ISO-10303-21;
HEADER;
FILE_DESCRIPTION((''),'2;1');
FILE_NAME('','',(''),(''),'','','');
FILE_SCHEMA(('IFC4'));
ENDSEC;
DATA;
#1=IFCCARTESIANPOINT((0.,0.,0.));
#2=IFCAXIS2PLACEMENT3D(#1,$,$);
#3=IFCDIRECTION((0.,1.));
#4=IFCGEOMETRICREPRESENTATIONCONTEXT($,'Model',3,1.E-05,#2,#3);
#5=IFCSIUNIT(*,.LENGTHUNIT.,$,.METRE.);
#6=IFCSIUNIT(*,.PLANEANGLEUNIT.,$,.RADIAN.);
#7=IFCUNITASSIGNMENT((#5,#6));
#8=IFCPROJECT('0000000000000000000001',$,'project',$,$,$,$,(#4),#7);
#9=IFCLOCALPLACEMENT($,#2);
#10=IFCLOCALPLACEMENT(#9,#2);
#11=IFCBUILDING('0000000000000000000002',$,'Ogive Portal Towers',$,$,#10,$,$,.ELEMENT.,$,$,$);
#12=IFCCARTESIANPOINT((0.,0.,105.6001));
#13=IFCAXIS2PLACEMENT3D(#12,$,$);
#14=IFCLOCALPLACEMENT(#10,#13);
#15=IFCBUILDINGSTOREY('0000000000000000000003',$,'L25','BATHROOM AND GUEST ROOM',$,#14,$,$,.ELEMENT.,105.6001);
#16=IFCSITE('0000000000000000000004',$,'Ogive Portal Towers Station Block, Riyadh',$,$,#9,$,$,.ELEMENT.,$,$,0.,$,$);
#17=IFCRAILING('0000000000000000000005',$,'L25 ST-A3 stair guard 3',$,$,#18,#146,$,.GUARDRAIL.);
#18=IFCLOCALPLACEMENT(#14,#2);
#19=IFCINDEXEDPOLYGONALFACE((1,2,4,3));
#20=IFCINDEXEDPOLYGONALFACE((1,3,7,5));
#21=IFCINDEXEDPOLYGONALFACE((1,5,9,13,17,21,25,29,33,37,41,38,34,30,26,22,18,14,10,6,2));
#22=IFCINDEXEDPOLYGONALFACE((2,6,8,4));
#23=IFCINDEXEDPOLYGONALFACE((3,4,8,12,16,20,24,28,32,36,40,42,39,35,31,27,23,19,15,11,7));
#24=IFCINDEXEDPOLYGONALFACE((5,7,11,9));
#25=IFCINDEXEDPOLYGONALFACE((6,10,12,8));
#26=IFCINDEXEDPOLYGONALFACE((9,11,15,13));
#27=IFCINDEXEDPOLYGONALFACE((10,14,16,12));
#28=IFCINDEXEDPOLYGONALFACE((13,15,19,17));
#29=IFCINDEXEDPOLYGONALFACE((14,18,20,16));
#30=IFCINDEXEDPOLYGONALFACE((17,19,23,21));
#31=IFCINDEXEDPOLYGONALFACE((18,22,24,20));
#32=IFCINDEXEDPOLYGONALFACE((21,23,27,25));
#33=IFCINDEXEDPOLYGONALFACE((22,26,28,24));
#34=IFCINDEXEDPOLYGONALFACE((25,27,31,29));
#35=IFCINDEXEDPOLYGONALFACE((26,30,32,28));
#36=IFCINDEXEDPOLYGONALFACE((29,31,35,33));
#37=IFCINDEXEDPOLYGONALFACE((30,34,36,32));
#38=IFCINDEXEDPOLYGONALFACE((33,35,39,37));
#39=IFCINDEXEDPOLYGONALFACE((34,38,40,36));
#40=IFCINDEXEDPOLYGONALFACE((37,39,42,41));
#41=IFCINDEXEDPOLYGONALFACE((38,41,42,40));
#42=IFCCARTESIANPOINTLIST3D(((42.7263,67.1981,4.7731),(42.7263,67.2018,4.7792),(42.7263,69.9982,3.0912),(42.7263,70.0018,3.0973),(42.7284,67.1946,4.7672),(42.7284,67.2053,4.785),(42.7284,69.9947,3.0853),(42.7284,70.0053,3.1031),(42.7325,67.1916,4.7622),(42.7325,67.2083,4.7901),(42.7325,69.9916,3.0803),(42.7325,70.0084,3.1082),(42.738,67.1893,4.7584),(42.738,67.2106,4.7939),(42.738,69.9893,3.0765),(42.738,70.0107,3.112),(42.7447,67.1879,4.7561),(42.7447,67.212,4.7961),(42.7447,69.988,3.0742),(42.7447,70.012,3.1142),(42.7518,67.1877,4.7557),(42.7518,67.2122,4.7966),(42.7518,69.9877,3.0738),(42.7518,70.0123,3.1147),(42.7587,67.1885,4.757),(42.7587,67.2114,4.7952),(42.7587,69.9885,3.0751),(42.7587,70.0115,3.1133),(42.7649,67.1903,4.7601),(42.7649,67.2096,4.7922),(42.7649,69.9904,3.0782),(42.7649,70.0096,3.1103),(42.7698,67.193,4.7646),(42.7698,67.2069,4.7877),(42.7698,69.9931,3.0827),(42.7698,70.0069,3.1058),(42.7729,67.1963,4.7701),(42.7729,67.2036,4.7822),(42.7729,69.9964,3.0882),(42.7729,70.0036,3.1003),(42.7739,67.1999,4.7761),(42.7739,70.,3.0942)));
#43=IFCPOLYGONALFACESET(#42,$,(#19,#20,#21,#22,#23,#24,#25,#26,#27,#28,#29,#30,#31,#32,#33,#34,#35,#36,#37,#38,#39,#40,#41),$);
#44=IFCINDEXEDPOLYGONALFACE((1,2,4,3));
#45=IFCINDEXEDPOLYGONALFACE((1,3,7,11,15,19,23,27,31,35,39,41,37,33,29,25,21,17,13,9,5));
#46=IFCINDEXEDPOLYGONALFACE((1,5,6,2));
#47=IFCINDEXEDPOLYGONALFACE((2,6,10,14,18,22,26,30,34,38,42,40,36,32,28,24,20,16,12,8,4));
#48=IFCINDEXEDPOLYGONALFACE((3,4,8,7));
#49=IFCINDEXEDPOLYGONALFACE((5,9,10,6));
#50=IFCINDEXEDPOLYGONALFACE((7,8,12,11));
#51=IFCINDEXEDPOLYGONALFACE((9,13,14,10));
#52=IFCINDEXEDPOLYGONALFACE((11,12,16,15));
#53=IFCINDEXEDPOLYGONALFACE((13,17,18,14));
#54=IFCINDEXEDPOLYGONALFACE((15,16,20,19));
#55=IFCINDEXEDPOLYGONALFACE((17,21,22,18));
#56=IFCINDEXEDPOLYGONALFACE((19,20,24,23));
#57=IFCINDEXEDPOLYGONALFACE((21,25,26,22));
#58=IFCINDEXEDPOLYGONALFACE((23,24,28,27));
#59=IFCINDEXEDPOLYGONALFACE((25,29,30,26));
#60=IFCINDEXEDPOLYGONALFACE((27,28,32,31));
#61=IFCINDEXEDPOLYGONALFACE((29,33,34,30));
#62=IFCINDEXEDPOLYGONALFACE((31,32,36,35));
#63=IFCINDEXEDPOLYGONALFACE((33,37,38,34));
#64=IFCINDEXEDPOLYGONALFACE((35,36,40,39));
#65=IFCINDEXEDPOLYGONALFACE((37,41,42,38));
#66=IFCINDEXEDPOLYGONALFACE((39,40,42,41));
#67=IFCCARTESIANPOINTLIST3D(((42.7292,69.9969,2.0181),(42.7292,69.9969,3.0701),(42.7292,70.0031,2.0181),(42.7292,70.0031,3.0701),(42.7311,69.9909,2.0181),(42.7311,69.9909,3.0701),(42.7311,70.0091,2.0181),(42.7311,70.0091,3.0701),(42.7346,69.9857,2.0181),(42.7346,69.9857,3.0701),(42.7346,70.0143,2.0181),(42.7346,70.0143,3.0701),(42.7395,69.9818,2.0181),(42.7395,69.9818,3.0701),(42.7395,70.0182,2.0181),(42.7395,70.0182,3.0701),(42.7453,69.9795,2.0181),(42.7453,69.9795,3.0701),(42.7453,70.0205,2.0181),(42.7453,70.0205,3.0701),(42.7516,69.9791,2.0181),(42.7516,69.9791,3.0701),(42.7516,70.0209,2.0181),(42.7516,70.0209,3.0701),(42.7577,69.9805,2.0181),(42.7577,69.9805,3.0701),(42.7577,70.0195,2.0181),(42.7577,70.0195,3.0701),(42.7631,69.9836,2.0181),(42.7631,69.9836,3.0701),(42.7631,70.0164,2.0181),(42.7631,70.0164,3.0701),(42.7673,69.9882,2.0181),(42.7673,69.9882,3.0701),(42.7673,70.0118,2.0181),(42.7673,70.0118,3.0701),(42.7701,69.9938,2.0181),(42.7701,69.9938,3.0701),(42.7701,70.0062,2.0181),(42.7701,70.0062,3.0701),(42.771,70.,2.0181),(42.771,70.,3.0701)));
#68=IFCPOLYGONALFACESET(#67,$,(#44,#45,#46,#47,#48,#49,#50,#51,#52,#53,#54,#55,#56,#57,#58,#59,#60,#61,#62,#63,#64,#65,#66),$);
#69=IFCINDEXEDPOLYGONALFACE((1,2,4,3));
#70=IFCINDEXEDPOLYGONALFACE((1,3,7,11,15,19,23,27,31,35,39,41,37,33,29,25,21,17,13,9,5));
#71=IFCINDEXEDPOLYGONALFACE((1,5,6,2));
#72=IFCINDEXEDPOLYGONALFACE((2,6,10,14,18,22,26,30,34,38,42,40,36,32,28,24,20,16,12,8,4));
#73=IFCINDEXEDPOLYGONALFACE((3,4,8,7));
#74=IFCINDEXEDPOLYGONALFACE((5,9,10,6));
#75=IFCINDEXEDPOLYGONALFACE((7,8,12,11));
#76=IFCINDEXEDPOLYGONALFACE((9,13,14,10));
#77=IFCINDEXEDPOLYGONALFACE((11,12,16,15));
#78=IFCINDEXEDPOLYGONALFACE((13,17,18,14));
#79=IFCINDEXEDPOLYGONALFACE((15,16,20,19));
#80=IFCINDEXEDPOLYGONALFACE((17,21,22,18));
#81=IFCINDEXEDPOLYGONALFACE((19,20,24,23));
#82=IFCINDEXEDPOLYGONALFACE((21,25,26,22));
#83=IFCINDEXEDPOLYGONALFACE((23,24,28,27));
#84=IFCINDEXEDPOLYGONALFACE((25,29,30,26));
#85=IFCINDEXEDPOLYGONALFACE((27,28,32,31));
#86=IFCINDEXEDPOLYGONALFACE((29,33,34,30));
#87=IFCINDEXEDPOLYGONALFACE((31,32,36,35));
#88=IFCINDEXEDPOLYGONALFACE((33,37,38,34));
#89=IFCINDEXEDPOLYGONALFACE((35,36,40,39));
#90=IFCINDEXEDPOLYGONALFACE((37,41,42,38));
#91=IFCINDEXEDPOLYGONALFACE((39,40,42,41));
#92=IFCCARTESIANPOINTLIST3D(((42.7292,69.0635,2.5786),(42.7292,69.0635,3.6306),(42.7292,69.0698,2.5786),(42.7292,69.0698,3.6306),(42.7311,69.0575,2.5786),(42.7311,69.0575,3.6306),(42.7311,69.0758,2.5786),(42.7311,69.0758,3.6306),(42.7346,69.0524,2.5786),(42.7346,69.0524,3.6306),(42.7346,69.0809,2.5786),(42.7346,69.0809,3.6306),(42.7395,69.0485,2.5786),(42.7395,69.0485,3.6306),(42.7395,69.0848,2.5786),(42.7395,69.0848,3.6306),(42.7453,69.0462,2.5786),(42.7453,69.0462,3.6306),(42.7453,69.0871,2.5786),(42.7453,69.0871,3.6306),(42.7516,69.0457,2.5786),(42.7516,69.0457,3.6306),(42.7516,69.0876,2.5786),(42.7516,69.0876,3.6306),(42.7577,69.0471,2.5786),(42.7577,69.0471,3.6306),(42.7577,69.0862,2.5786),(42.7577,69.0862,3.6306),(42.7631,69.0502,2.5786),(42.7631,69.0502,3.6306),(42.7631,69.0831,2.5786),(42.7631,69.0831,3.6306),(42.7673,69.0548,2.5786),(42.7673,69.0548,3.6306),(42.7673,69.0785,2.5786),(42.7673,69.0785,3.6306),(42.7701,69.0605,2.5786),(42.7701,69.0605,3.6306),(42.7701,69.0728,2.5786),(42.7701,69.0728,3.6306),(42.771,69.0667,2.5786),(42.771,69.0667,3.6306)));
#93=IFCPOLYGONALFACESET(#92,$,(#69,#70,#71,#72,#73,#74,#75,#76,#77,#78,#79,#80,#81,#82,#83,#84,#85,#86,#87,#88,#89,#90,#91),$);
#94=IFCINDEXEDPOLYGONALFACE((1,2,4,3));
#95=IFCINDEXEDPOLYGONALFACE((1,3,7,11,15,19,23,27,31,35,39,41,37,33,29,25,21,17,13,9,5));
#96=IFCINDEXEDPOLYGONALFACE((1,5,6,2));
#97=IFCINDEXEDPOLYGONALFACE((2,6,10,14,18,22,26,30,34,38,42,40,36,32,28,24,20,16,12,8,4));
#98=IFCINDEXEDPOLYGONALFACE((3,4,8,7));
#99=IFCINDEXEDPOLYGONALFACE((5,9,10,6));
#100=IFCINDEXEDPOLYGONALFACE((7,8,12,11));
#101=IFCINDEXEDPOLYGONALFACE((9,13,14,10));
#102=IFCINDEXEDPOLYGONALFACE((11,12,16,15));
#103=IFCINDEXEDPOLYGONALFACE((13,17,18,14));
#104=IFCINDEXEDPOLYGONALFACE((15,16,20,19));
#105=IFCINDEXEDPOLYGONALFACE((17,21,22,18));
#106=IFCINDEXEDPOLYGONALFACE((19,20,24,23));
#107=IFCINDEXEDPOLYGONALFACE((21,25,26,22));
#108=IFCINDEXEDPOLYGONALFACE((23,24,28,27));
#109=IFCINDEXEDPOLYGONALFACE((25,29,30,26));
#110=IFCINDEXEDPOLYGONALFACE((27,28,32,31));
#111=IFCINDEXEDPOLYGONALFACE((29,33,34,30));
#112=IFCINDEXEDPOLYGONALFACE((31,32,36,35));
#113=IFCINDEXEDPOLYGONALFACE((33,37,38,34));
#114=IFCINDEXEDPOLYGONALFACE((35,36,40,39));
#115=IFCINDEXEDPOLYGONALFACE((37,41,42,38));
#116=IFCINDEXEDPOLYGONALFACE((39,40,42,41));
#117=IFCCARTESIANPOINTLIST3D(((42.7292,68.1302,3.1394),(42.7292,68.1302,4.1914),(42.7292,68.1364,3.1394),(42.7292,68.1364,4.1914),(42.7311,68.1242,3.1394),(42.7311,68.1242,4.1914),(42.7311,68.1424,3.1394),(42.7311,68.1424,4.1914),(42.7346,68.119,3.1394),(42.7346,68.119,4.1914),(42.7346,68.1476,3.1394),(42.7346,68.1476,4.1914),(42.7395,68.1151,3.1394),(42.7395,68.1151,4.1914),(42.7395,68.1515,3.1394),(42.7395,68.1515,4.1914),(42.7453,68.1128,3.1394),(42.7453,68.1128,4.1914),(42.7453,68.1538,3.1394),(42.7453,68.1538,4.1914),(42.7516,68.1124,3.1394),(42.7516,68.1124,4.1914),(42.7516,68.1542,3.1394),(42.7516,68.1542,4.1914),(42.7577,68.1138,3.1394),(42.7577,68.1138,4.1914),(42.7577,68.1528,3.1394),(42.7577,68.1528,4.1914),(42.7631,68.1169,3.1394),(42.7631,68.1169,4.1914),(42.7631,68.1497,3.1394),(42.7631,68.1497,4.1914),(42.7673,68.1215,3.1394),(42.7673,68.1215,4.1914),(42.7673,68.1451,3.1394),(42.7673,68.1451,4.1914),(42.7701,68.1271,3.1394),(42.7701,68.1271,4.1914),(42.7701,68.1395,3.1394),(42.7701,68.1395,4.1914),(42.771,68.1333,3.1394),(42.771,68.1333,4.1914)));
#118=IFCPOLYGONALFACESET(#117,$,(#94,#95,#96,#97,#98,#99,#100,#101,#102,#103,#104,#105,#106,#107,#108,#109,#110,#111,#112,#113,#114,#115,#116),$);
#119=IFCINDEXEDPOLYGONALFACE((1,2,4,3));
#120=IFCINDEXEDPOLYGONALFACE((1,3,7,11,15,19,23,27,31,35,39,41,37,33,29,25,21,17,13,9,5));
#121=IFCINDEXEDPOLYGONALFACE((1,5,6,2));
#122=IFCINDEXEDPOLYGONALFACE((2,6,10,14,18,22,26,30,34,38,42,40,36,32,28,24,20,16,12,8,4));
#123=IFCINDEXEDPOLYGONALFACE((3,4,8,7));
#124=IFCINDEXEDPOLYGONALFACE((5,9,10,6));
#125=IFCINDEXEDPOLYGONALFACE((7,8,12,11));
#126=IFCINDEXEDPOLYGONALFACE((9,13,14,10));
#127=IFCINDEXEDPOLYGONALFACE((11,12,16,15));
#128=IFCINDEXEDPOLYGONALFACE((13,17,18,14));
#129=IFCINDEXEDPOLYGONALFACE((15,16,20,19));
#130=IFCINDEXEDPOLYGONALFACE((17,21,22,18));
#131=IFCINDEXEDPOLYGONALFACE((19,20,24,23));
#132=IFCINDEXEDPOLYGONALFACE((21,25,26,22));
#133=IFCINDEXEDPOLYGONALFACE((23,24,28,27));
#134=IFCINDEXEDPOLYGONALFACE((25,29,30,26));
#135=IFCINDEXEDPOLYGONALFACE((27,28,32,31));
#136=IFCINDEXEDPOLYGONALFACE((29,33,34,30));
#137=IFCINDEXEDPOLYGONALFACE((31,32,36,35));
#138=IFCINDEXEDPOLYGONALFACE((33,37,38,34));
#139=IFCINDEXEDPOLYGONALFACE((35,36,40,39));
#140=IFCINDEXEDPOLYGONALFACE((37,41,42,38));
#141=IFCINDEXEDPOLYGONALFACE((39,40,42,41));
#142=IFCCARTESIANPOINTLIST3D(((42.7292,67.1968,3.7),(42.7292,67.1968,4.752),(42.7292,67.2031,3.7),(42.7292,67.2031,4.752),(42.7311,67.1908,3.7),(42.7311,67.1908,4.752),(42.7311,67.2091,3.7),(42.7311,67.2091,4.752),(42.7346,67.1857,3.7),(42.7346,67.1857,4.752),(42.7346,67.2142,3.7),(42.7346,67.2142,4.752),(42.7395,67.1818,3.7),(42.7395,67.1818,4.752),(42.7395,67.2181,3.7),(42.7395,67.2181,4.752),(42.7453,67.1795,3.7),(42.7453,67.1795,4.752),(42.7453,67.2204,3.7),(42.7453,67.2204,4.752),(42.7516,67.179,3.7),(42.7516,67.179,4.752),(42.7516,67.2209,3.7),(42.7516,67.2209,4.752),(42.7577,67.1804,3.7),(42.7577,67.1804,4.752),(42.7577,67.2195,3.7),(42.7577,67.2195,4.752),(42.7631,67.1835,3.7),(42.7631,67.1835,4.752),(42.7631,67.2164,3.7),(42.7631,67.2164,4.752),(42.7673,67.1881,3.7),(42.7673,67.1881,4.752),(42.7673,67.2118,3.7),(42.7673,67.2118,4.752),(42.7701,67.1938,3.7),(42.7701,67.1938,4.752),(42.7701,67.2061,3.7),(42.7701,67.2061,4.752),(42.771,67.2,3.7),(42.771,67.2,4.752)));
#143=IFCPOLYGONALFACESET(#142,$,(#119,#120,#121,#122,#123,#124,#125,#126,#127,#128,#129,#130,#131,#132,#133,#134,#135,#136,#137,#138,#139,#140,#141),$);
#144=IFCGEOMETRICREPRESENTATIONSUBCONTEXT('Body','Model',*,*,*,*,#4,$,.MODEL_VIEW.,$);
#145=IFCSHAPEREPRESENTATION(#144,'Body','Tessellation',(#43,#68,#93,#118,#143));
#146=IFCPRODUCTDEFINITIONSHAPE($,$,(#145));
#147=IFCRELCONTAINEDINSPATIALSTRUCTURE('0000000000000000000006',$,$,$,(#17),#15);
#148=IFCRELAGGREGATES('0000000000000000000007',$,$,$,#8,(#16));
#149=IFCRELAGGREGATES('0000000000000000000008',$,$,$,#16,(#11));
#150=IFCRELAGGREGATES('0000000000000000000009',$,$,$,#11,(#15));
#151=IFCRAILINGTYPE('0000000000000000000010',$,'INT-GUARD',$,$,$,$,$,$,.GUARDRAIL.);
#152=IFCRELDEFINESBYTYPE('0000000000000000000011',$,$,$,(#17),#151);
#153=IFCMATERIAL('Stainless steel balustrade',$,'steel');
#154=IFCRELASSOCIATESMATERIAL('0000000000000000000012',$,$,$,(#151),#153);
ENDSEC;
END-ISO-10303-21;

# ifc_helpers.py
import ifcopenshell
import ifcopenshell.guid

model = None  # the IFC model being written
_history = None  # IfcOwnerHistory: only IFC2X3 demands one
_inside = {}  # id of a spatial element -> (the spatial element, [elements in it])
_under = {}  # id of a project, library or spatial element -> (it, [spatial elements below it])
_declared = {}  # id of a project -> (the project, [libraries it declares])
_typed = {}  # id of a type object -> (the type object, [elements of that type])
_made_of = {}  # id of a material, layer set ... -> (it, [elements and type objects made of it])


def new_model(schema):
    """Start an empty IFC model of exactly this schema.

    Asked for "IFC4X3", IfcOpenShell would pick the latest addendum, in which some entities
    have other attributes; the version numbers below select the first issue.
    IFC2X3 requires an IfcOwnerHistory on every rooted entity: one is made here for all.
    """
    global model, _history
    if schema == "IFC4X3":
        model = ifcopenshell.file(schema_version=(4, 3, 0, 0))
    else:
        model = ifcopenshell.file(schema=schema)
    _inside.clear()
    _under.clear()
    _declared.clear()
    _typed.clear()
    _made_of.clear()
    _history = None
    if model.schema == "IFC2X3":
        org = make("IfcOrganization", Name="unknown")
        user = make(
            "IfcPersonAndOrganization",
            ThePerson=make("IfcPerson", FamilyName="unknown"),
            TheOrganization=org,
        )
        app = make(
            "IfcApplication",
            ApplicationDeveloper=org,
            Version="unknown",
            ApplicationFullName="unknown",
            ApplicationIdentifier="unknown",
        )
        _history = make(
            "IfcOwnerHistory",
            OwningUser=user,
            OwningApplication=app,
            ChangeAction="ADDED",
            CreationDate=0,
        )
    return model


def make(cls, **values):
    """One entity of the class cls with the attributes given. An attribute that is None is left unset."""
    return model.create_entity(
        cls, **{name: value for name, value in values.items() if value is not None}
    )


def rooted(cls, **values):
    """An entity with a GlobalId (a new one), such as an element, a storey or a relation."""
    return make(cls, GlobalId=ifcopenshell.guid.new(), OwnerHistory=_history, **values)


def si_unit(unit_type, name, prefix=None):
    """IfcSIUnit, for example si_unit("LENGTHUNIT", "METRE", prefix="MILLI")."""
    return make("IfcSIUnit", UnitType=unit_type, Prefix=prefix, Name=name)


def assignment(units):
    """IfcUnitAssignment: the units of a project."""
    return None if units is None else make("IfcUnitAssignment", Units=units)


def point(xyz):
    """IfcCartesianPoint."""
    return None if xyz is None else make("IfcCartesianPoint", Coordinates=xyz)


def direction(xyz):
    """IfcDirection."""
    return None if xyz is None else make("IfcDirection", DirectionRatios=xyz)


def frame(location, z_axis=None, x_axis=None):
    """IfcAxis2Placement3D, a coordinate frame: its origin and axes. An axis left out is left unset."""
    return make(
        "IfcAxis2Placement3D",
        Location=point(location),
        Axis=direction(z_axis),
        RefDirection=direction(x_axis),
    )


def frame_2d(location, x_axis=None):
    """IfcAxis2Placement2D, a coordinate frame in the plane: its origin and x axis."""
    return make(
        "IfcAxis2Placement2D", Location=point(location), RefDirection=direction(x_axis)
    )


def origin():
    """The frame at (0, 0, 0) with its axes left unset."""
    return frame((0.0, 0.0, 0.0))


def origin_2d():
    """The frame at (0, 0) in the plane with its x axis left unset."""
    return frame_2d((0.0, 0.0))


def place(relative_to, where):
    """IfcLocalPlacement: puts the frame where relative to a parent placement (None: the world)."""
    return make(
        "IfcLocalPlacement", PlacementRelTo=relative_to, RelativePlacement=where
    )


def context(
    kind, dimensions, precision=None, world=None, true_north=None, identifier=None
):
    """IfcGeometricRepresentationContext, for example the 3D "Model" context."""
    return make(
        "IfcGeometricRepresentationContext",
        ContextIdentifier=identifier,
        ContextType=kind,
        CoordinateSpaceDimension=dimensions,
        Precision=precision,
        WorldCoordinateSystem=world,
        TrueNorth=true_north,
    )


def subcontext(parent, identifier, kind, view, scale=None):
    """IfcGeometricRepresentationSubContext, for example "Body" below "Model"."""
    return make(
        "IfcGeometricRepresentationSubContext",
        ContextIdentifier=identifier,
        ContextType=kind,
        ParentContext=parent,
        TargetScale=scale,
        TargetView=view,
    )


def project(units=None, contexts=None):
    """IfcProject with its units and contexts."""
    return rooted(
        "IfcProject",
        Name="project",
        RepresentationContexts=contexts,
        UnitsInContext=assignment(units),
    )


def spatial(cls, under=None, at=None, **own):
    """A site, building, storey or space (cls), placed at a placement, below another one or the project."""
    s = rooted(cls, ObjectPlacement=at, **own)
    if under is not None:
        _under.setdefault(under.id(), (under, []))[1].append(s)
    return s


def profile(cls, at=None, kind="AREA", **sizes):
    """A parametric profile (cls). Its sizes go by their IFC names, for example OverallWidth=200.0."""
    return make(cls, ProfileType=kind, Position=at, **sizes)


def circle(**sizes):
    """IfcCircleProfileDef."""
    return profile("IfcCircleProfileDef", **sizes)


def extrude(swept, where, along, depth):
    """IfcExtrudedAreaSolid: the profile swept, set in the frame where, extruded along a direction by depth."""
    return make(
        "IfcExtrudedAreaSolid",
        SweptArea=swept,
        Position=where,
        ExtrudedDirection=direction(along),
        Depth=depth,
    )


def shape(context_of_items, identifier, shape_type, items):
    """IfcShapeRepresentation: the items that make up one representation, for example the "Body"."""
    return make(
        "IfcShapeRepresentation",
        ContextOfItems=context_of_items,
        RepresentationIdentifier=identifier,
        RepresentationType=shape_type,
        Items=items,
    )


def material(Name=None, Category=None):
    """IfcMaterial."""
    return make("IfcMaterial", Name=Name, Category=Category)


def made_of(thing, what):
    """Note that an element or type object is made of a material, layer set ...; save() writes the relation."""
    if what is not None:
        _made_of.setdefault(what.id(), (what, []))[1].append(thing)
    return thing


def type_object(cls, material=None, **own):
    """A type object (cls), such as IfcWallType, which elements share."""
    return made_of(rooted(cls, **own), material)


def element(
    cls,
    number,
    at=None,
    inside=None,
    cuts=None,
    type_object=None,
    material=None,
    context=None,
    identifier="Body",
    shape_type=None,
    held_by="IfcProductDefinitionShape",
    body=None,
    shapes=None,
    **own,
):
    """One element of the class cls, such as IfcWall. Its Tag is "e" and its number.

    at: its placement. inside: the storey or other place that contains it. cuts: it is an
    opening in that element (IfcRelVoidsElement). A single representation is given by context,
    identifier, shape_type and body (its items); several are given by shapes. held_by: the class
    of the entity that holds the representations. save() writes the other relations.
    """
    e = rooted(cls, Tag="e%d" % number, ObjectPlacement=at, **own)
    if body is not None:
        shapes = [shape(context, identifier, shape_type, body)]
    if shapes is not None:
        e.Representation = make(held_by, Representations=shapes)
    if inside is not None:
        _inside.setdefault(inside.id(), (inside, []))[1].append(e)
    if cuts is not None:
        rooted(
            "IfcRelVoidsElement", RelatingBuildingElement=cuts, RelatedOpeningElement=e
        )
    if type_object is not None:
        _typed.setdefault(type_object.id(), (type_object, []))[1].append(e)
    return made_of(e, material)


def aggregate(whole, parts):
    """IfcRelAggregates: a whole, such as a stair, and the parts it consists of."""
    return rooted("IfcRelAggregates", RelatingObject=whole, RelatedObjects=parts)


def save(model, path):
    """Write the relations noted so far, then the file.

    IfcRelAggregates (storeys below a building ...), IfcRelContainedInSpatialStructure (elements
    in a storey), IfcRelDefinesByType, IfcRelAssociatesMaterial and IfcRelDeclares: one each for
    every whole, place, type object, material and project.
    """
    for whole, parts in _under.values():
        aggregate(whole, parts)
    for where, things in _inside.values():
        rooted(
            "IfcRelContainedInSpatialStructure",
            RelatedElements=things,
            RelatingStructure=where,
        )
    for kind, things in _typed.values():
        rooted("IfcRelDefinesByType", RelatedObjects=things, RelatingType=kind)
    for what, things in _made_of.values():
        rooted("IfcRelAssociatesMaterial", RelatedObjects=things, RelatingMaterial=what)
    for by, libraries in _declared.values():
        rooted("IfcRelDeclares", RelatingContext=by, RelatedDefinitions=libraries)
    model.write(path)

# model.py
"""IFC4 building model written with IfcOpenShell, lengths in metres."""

from ifc_helpers import new_model, si_unit, direction, frame, origin, origin_2d, place, context, subcontext, project, spatial, circle, extrude, material, type_object, element, save


model = new_model("IFC4")

# Units and contexts
model_context = context("Model", 3, precision=1e-05, world=origin(), true_north=direction((0.0, 1.0)))
body_context = subcontext(model_context, "Body", "Model", "MODEL_VIEW")
ifc_project = project(units=[si_unit("LENGTHUNIT", "METRE"), si_unit("PLANEANGLEUNIT", "RADIAN")], contexts=[model_context])

# Site, building, storey
site_placement = place(None, origin())
site = spatial("IfcSite", under=ifc_project, at=site_placement, Name="Ogive Portal Towers Station Block, Riyadh", CompositionType="ELEMENT", RefElevation=0.0)
building_placement = place(site_placement, origin())
building = spatial("IfcBuilding", under=site, at=building_placement, Name="Ogive Portal Towers", CompositionType="ELEMENT")
storey_placement = place(building_placement, frame((0.0, 0.0, 105.6001)))
storey = spatial("IfcBuildingStorey", under=building, at=storey_placement, Name="L25", Description="BATHROOM AND GUEST ROOM", CompositionType="ELEMENT", Elevation=105.6001)

# Railing
ifc_material_1 = material(Name="Stainless steel balustrade", Category="steel")
railing_type_1 = type_object("IfcRailingType", Name="INT-GUARD", PredefinedType="GUARDRAIL", material=ifc_material_1)
railing_1_placement = place(storey_placement, frame((42.75, 70.0, 2.0181)))
element("IfcRailing", 1, at=railing_1_placement, inside=storey, type_object=railing_type_1, Name="L25 ST-A3 stair guard 3", PredefinedType="GUARDRAIL", context=body_context, shape_type="SweptSolid", body=[
    extrude(circle(Radius=0.0239, at=origin_2d()), frame((0.0, 0.0, 1.0762), z_axis=(0.0, -0.857242, 0.514913), x_axis=(1.0, 0.0, 0.0)), (0.0, 0.0, 1.0), 3.2664),
    extrude(circle(Radius=0.021, at=origin_2d()), origin(), (0.0, 0.0, 1.0), 1.052),
    extrude(circle(Radius=0.021, at=origin_2d()), frame((0.0, -0.9333, 0.5605)), (0.0, 0.0, 1.0), 1.052),
    extrude(circle(Radius=0.021, at=origin_2d()), frame((0.0, -1.8667, 1.1213)), (0.0, 0.0, 1.0), 1.052),
    extrude(circle(Radius=0.021, at=origin_2d()), frame((0.0, -2.8, 1.6819)), (0.0, 0.0, 1.0), 1.052),
])

save(model, "model.ifc")
